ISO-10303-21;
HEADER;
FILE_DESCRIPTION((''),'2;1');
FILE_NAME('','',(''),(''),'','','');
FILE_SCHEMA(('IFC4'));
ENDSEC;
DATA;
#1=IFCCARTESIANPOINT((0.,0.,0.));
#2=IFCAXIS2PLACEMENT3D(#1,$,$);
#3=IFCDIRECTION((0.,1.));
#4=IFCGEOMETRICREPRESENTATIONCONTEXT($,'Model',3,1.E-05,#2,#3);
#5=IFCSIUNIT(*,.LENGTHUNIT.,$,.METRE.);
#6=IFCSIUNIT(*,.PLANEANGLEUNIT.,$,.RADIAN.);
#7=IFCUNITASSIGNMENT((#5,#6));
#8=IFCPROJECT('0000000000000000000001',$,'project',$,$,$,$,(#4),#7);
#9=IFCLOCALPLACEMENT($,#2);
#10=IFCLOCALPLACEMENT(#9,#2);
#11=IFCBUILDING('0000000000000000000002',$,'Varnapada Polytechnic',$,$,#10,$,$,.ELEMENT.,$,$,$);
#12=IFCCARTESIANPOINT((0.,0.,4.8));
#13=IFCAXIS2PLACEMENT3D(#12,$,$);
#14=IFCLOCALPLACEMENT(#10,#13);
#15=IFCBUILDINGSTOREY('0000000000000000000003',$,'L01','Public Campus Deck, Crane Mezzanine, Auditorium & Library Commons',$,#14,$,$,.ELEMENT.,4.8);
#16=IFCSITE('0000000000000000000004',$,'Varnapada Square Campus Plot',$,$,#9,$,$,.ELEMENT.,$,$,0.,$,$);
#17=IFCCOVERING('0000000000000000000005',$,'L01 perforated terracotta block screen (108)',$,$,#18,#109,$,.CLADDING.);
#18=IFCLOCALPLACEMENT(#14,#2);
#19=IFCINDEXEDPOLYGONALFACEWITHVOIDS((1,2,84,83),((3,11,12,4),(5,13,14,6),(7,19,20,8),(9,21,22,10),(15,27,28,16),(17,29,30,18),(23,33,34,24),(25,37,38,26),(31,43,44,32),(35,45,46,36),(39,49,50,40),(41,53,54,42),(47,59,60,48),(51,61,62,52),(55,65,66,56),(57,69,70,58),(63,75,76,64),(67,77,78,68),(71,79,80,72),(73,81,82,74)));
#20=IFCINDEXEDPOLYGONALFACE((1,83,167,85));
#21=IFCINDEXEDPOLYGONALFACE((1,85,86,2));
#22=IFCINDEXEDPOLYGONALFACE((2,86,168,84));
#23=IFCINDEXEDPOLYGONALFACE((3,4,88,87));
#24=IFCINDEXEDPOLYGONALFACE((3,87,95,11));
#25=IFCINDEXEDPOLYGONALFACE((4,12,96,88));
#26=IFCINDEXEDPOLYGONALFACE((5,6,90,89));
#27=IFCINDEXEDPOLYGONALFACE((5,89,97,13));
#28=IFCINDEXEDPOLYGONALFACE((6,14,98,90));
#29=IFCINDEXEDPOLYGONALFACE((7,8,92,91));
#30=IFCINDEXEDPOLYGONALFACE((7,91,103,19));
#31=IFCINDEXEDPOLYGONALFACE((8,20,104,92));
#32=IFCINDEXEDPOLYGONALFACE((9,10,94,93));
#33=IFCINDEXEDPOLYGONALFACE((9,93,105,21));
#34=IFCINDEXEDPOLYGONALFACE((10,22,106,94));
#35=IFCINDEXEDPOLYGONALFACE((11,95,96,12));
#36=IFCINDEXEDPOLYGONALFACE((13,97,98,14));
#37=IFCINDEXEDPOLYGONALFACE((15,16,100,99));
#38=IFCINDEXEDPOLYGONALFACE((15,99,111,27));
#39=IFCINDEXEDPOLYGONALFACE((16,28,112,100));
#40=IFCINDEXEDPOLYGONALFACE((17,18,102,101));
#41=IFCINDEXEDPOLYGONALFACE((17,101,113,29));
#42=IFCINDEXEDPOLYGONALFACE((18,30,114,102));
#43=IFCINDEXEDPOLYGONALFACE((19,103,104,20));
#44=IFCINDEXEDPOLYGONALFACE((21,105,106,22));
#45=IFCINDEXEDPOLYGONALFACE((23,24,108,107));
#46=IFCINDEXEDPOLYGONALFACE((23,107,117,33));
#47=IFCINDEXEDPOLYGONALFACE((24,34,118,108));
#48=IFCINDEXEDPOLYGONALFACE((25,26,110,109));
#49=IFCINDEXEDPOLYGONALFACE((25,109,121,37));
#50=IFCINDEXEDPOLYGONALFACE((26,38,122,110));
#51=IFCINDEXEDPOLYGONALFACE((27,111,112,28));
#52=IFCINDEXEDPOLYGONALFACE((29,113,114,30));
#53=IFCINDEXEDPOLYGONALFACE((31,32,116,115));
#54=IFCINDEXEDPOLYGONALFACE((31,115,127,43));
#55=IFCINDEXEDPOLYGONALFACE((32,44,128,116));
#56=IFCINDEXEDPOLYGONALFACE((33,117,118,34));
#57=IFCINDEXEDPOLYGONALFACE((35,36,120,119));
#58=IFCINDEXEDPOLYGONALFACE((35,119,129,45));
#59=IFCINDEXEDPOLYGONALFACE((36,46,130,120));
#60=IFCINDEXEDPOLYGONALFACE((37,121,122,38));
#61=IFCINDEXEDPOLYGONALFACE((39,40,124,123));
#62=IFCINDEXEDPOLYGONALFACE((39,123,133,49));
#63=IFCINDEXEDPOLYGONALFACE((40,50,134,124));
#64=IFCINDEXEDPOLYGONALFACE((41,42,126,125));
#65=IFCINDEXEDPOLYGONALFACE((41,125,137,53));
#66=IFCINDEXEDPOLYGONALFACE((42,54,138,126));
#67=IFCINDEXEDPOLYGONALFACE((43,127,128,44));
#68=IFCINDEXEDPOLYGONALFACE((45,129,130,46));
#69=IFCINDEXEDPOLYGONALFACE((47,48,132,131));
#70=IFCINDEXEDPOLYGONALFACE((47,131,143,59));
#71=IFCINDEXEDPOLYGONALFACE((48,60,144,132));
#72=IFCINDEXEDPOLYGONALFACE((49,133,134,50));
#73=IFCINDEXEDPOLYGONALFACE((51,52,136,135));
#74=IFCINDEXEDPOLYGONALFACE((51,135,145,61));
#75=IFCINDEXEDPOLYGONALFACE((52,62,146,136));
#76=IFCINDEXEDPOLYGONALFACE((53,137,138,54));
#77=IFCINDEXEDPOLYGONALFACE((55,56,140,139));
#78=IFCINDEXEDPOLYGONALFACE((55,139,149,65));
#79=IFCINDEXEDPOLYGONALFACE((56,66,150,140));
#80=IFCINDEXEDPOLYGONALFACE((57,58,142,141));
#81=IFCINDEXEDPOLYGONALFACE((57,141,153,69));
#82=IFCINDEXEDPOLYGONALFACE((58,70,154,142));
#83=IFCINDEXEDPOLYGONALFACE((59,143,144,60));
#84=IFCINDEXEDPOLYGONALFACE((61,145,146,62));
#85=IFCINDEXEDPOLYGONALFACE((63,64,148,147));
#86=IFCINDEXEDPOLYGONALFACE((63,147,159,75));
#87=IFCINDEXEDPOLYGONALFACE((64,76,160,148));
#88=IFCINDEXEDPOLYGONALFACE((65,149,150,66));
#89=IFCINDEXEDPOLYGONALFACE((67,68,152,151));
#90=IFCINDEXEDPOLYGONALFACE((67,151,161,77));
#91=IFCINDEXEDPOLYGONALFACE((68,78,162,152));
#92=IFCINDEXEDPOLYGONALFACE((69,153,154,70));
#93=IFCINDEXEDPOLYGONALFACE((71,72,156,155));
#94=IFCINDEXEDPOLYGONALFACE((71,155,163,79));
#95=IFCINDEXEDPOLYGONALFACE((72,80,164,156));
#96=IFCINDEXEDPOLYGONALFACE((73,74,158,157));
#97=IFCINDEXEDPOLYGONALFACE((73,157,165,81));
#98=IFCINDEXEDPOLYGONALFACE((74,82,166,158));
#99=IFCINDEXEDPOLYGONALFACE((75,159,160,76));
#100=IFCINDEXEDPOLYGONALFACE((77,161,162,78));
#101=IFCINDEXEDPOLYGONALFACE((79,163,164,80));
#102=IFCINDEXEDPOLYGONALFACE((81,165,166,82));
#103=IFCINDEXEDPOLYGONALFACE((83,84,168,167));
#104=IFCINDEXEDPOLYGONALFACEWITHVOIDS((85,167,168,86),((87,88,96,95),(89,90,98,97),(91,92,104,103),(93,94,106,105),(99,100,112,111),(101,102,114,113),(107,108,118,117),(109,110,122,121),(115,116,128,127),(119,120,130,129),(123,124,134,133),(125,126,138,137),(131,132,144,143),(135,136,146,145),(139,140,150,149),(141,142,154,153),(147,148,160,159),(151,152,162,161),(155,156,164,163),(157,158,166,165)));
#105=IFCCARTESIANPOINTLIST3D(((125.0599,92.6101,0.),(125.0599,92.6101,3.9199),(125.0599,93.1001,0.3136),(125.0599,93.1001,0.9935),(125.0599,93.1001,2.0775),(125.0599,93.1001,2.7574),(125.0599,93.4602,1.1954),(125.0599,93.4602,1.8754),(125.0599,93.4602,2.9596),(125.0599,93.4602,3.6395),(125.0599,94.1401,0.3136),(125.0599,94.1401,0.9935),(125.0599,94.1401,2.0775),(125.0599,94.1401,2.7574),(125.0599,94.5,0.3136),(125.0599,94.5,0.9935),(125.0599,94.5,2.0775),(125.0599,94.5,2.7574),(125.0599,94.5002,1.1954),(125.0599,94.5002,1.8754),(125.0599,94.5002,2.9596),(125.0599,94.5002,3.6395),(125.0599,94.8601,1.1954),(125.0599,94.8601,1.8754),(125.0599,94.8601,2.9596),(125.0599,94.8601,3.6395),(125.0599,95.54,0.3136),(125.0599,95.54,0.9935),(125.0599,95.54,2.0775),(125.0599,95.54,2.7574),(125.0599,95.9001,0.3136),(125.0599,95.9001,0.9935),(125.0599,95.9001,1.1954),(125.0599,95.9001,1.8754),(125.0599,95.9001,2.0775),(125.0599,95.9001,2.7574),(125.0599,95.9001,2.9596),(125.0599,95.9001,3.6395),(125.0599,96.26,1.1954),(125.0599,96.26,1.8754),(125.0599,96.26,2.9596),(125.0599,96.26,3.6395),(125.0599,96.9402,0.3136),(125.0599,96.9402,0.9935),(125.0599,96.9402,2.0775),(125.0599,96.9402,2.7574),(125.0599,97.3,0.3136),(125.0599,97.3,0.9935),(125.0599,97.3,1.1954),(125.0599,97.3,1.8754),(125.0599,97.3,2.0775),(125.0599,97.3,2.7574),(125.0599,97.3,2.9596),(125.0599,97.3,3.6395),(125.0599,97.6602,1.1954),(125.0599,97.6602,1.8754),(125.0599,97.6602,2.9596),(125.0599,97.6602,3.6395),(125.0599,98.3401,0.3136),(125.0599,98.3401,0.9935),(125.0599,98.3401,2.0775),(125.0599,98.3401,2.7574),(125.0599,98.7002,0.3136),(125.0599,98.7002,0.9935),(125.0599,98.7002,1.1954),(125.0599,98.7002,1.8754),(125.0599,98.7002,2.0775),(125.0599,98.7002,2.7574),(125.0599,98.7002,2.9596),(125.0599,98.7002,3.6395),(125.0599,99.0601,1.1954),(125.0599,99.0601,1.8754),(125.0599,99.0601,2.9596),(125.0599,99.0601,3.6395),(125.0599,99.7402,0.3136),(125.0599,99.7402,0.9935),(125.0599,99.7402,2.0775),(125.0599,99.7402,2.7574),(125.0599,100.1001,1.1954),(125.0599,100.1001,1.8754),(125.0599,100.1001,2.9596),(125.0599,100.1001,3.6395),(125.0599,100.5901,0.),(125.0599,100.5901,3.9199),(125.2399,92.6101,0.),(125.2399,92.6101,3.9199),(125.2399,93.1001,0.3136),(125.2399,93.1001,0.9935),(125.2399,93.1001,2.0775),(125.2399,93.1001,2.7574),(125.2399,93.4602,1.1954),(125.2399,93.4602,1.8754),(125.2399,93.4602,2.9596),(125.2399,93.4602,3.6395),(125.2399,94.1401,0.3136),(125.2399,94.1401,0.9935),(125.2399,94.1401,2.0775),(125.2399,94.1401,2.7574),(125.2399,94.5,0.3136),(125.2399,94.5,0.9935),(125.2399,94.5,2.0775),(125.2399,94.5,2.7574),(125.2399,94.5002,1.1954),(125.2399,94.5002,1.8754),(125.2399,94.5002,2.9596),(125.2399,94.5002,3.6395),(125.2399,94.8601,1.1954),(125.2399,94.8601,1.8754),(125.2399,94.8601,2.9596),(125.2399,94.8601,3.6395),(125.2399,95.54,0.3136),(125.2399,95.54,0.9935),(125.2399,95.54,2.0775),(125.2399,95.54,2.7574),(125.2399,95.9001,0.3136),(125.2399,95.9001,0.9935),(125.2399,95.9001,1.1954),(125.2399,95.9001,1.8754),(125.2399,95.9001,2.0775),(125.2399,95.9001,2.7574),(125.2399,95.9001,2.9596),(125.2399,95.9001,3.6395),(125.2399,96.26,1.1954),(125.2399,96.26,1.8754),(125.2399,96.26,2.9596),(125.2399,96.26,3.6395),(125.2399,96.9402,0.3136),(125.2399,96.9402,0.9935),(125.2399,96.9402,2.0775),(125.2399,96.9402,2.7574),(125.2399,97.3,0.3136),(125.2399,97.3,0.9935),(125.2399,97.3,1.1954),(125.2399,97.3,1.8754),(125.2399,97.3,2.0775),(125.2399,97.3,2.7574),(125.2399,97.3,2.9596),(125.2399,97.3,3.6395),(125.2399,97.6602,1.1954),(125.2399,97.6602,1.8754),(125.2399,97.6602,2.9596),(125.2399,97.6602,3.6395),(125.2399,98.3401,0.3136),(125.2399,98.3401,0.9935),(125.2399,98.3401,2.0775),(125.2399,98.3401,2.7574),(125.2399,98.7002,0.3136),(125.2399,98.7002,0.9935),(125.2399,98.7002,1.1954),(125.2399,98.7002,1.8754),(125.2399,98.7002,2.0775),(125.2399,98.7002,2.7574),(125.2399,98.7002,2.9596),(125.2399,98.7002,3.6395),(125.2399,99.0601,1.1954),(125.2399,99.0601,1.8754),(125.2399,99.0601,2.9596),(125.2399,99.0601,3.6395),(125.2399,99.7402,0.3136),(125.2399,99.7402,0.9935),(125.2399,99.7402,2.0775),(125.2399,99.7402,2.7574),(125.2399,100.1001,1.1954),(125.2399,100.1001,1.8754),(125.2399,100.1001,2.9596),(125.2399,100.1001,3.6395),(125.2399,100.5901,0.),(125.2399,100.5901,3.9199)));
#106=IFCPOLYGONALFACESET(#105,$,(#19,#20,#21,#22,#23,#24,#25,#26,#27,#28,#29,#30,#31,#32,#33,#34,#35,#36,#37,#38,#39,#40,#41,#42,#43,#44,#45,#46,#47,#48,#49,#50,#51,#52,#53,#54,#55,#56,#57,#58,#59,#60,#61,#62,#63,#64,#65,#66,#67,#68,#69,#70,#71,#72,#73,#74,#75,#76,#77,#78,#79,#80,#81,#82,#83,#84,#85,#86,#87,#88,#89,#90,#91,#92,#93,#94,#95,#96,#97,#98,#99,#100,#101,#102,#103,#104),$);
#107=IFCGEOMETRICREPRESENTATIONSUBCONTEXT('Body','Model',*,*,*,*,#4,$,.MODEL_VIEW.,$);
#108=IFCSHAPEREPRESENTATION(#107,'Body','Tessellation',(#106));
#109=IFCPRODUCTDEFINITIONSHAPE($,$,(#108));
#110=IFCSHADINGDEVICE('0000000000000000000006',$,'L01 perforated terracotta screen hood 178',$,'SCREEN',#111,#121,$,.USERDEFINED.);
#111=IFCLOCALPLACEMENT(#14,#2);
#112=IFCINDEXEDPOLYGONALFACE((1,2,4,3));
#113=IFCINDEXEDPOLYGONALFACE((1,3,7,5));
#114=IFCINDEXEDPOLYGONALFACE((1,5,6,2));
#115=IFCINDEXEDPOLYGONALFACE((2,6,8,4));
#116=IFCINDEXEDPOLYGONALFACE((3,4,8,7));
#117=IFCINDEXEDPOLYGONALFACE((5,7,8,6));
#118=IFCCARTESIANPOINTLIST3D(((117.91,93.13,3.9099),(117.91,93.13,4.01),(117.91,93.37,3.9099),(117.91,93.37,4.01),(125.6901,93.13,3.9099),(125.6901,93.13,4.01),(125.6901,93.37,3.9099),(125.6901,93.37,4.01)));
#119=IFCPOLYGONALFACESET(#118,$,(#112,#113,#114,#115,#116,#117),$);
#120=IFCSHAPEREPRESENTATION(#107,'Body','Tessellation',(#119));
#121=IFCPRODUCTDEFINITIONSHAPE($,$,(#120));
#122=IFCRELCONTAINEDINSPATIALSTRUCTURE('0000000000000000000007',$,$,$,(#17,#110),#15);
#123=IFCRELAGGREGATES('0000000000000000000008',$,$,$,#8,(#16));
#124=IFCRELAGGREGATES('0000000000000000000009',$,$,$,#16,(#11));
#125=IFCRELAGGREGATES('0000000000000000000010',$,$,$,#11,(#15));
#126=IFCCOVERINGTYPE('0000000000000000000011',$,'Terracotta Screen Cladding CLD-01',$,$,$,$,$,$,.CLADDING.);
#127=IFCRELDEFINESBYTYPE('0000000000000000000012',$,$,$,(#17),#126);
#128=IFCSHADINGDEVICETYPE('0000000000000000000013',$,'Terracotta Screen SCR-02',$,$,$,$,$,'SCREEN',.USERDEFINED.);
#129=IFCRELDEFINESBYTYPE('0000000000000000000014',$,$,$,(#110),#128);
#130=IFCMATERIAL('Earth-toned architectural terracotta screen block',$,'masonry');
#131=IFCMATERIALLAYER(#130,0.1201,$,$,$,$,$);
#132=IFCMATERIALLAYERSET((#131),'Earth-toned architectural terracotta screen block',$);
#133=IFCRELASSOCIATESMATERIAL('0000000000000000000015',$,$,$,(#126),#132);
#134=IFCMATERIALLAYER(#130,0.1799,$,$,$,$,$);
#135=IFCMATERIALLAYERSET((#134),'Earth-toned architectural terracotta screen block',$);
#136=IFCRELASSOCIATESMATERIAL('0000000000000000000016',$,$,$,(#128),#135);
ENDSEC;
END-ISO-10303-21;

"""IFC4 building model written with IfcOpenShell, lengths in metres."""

from ifc_helpers import new_model, si_unit, direction, frame, frame_2d, origin, origin_2d, place, context, subcontext, project, spatial, rectangle, extrude, material, layer, layer_set, type_object, element, save


model = new_model("IFC4")

# Units and contexts
model_context = context("Model", 3, precision=1e-05, world=origin(), true_north=direction((0.0, 1.0)))
body_context = subcontext(model_context, "Body", "Model", "MODEL_VIEW")
ifc_project = project(units=[si_unit("LENGTHUNIT", "METRE"), si_unit("PLANEANGLEUNIT", "RADIAN")], contexts=[model_context])

# Site, building, storey
site_placement = place(None, origin())
site = spatial("IfcSite", under=ifc_project, at=site_placement, Name="Varnapada Square Campus Plot", CompositionType="ELEMENT", RefElevation=0.0)
building_placement = place(site_placement, origin())
building = spatial("IfcBuilding", under=site, at=building_placement, Name="Varnapada Polytechnic", CompositionType="ELEMENT")
storey_placement = place(building_placement, frame((0.0, 0.0, 4.8)))
storey = spatial("IfcBuildingStorey", under=building, at=storey_placement, Name="L01", Description="Public Campus Deck, Crane Mezzanine, Auditorium & Library Commons", CompositionType="ELEMENT", Elevation=4.8)

# Covering, openings
ifc_material_1 = material(Name="Earth-toned architectural terracotta screen block", Category="masonry")
ifc_layer_1 = layer(ifc_material_1, 0.1201)
ifc_layer_set_1 = layer_set([ifc_layer_1], Name="Earth-toned architectural terracotta screen block")
covering_type = type_object("IfcCoveringType", Name="Terracotta Screen Cladding CLD-01", PredefinedType="CLADDING", material=ifc_layer_set_1)
covering_placement = place(storey_placement, frame((125.1499, 92.6101, 0.0), z_axis=(0.0, 0.0, 1.0), x_axis=(0.0, 1.0, 0.0)))
covering = element("IfcCovering", 1, at=covering_placement, inside=storey, type_object=covering_type, Name="L01 perforated terracotta block screen (108)", PredefinedType="CLADDING", context=body_context, shape_type="SweptSolid", body=[
    extrude(rectangle(XDim=7.98, YDim=0.1799, at=frame_2d((3.99, 0.0))), origin(), (0.0, 0.0, 1.0), 3.9199),
])
opening_1_placement = place(covering_placement, frame((0.49, 0.0, 0.3137)))
element("IfcOpeningElement", 2, at=opening_1_placement, cuts=covering, PredefinedType="OPENING", context=body_context, shape_type="SweptSolid", body=[
    extrude(rectangle(XDim=1.04, YDim=0.6799, at=frame_2d((0.52, 0.3398))), frame((0.0, 0.0999, 0.0), z_axis=(0.0, -1.0, 0.0), x_axis=(1.0, 0.0, 0.0)), (0.0, 0.0, 1.0), 0.2),
])
opening_2_placement = place(covering_placement, frame((1.8899, 0.0, 0.3137)))
element("IfcOpeningElement", 3, at=opening_2_placement, cuts=covering, PredefinedType="OPENING", context=body_context, shape_type="SweptSolid", body=[
    extrude(rectangle(XDim=1.04, YDim=0.6799, at=frame_2d((0.52, 0.3398))), frame((0.0, 0.0999, 0.0), z_axis=(0.0, -1.0, 0.0), x_axis=(1.0, 0.0, 0.0)), (0.0, 0.0, 1.0), 0.2),
])
opening_3_placement = place(covering_placement, frame((3.29, 0.0, 0.3137)))
element("IfcOpeningElement", 4, at=opening_3_placement, cuts=covering, PredefinedType="OPENING", context=body_context, shape_type="SweptSolid", body=[
    extrude(rectangle(XDim=1.04, YDim=0.6799, at=frame_2d((0.52, 0.3398))), frame((0.0, 0.0999, 0.0), z_axis=(0.0, -1.0, 0.0), x_axis=(1.0, 0.0, 0.0)), (0.0, 0.0, 1.0), 0.2),
])
opening_4_placement = place(covering_placement, frame((4.6899, 0.0, 0.3137)))
element("IfcOpeningElement", 5, at=opening_4_placement, cuts=covering, PredefinedType="OPENING", context=body_context, shape_type="SweptSolid", body=[
    extrude(rectangle(XDim=1.04, YDim=0.6799, at=frame_2d((0.52, 0.3398))), frame((0.0, 0.0999, 0.0), z_axis=(0.0, -1.0, 0.0), x_axis=(1.0, 0.0, 0.0)), (0.0, 0.0, 1.0), 0.2),
])
opening_5_placement = place(covering_placement, frame((6.0901, 0.0, 0.3137)))
element("IfcOpeningElement", 6, at=opening_5_placement, cuts=covering, PredefinedType="OPENING", context=body_context, shape_type="SweptSolid", body=[
    extrude(rectangle(XDim=1.04, YDim=0.6799, at=frame_2d((0.52, 0.3398))), frame((0.0, 0.0999, 0.0), z_axis=(0.0, -1.0, 0.0), x_axis=(1.0, 0.0, 0.0)), (0.0, 0.0, 1.0), 0.2),
])
opening_6_placement = place(covering_placement, frame((0.8501, 0.0, 1.1956)))
element("IfcOpeningElement", 7, at=opening_6_placement, cuts=covering, PredefinedType="OPENING", context=body_context, shape_type="SweptSolid", body=[
    extrude(rectangle(XDim=1.04, YDim=0.6799, at=frame_2d((0.52, 0.3398))), frame((0.0, 0.0999, 0.0), z_axis=(0.0, -1.0, 0.0), x_axis=(1.0, 0.0, 0.0)), (0.0, 0.0, 1.0), 0.2),
])
opening_7_placement = place(covering_placement, frame((2.25, 0.0, 1.1956)))
element("IfcOpeningElement", 8, at=opening_7_placement, cuts=covering, PredefinedType="OPENING", context=body_context, shape_type="SweptSolid", body=[
    extrude(rectangle(XDim=1.04, YDim=0.6799, at=frame_2d((0.52, 0.3398))), frame((0.0, 0.0999, 0.0), z_axis=(0.0, -1.0, 0.0), x_axis=(1.0, 0.0, 0.0)), (0.0, 0.0, 1.0), 0.2),
])
opening_8_placement = place(covering_placement, frame((3.6499, 0.0, 1.1956)))
element("IfcOpeningElement", 9, at=opening_8_placement, cuts=covering, PredefinedType="OPENING", context=body_context, shape_type="SweptSolid", body=[
    extrude(rectangle(XDim=1.04, YDim=0.6799, at=frame_2d((0.52, 0.3398))), frame((0.0, 0.0999, 0.0), z_axis=(0.0, -1.0, 0.0), x_axis=(1.0, 0.0, 0.0)), (0.0, 0.0, 1.0), 0.2),
])
opening_9_placement = place(covering_placement, frame((5.05, 0.0, 1.1956)))
element("IfcOpeningElement", 10, at=opening_9_placement, cuts=covering, PredefinedType="OPENING", context=body_context, shape_type="SweptSolid", body=[
    extrude(rectangle(XDim=1.04, YDim=0.6799, at=frame_2d((0.52, 0.3398))), frame((0.0, 0.0999, 0.0), z_axis=(0.0, -1.0, 0.0), x_axis=(1.0, 0.0, 0.0)), (0.0, 0.0, 1.0), 0.2),
])
opening_10_placement = place(covering_placement, frame((6.45, 0.0, 1.1956)))
element("IfcOpeningElement", 11, at=opening_10_placement, cuts=covering, PredefinedType="OPENING", context=body_context, shape_type="SweptSolid", body=[
    extrude(rectangle(XDim=1.04, YDim=0.6799, at=frame_2d((0.52, 0.3398))), frame((0.0, 0.0999, 0.0), z_axis=(0.0, -1.0, 0.0), x_axis=(1.0, 0.0, 0.0)), (0.0, 0.0, 1.0), 0.2),
])
opening_11_placement = place(covering_placement, frame((0.49, 0.0, 2.0776)))
element("IfcOpeningElement", 12, at=opening_11_placement, cuts=covering, PredefinedType="OPENING", context=body_context, shape_type="SweptSolid", body=[
    extrude(rectangle(XDim=1.04, YDim=0.6799, at=frame_2d((0.52, 0.3398))), frame((0.0, 0.0999, 0.0), z_axis=(0.0, -1.0, 0.0), x_axis=(1.0, 0.0, 0.0)), (0.0, 0.0, 1.0), 0.2),
])
opening_12_placement = place(covering_placement, frame((1.8899, 0.0, 2.0776)))
element("IfcOpeningElement", 13, at=opening_12_placement, cuts=covering, PredefinedType="OPENING", context=body_context, shape_type="SweptSolid", body=[
    extrude(rectangle(XDim=1.04, YDim=0.6799, at=frame_2d((0.52, 0.3398))), frame((0.0, 0.0999, 0.0), z_axis=(0.0, -1.0, 0.0), x_axis=(1.0, 0.0, 0.0)), (0.0, 0.0, 1.0), 0.2),
])
opening_13_placement = place(covering_placement, frame((3.29, 0.0, 2.0776)))
element("IfcOpeningElement", 14, at=opening_13_placement, cuts=covering, PredefinedType="OPENING", context=body_context, shape_type="SweptSolid", body=[
    extrude(rectangle(XDim=1.04, YDim=0.6799, at=frame_2d((0.52, 0.3398))), frame((0.0, 0.0999, 0.0), z_axis=(0.0, -1.0, 0.0), x_axis=(1.0, 0.0, 0.0)), (0.0, 0.0, 1.0), 0.2),
])
opening_14_placement = place(covering_placement, frame((4.6899, 0.0, 2.0776)))
element("IfcOpeningElement", 15, at=opening_14_placement, cuts=covering, PredefinedType="OPENING", context=body_context, shape_type="SweptSolid", body=[
    extrude(rectangle(XDim=1.04, YDim=0.6799, at=frame_2d((0.52, 0.3398))), frame((0.0, 0.0999, 0.0), z_axis=(0.0, -1.0, 0.0), x_axis=(1.0, 0.0, 0.0)), (0.0, 0.0, 1.0), 0.2),
])
opening_15_placement = place(covering_placement, frame((6.0901, 0.0, 2.0776)))
element("IfcOpeningElement", 16, at=opening_15_placement, cuts=covering, PredefinedType="OPENING", context=body_context, shape_type="SweptSolid", body=[
    extrude(rectangle(XDim=1.04, YDim=0.6799, at=frame_2d((0.52, 0.3398))), frame((0.0, 0.0999, 0.0), z_axis=(0.0, -1.0, 0.0), x_axis=(1.0, 0.0, 0.0)), (0.0, 0.0, 1.0), 0.2),
])
opening_16_placement = place(covering_placement, frame((0.8501, 0.0, 2.9597)))
element("IfcOpeningElement", 17, at=opening_16_placement, cuts=covering, PredefinedType="OPENING", context=body_context, shape_type="SweptSolid", body=[
    extrude(rectangle(XDim=1.04, YDim=0.6799, at=frame_2d((0.52, 0.3398))), frame((0.0, 0.0999, 0.0), z_axis=(0.0, -1.0, 0.0), x_axis=(1.0, 0.0, 0.0)), (0.0, 0.0, 1.0), 0.2),
])
opening_17_placement = place(covering_placement, frame((2.25, 0.0, 2.9597)))
element("IfcOpeningElement", 18, at=opening_17_placement, cuts=covering, PredefinedType="OPENING", context=body_context, shape_type="SweptSolid", body=[
    extrude(rectangle(XDim=1.04, YDim=0.6799, at=frame_2d((0.52, 0.3398))), frame((0.0, 0.0999, 0.0), z_axis=(0.0, -1.0, 0.0), x_axis=(1.0, 0.0, 0.0)), (0.0, 0.0, 1.0), 0.2),
])
opening_18_placement = place(covering_placement, frame((3.6499, 0.0, 2.9597)))
element("IfcOpeningElement", 19, at=opening_18_placement, cuts=covering, PredefinedType="OPENING", context=body_context, shape_type="SweptSolid", body=[
    extrude(rectangle(XDim=1.04, YDim=0.6799, at=frame_2d((0.52, 0.3398))), frame((0.0, 0.0999, 0.0), z_axis=(0.0, -1.0, 0.0), x_axis=(1.0, 0.0, 0.0)), (0.0, 0.0, 1.0), 0.2),
])
opening_19_placement = place(covering_placement, frame((5.05, 0.0, 2.9597)))
element("IfcOpeningElement", 20, at=opening_19_placement, cuts=covering, PredefinedType="OPENING", context=body_context, shape_type="SweptSolid", body=[
    extrude(rectangle(XDim=1.04, YDim=0.6799, at=frame_2d((0.52, 0.3398))), frame((0.0, 0.0999, 0.0), z_axis=(0.0, -1.0, 0.0), x_axis=(1.0, 0.0, 0.0)), (0.0, 0.0, 1.0), 0.2),
])
opening_20_placement = place(covering_placement, frame((6.45, 0.0, 2.9597)))
element("IfcOpeningElement", 21, at=opening_20_placement, cuts=covering, PredefinedType="OPENING", context=body_context, shape_type="SweptSolid", body=[
    extrude(rectangle(XDim=1.04, YDim=0.6799, at=frame_2d((0.52, 0.3398))), frame((0.0, 0.0999, 0.0), z_axis=(0.0, -1.0, 0.0), x_axis=(1.0, 0.0, 0.0)), (0.0, 0.0, 1.0), 0.2),
])

# Shading device
ifc_layer_2 = layer(ifc_material_1, 0.1799)
ifc_layer_set_2 = layer_set([ifc_layer_2], Name="Earth-toned architectural terracotta screen block")
shading_device_type = type_object("IfcShadingDeviceType", Name="Terracotta Screen SCR-02", ElementType="SCREEN", PredefinedType="USERDEFINED", material=ifc_layer_set_2)
shading_device_placement = place(storey_placement, frame((121.8, 93.25, 3.9099), z_axis=(0.0, 0.0, 1.0), x_axis=(1.0, 0.0, 0.0)))
element("IfcShadingDevice", 22, at=shading_device_placement, inside=storey, type_object=shading_device_type, Name="L01 perforated terracotta screen hood 178", ObjectType="SCREEN", PredefinedType="USERDEFINED", context=body_context, shape_type="SweptSolid", body=[
    extrude(rectangle(XDim=7.78, YDim=0.24, at=origin_2d()), origin(), (0.0, 0.0, 1.0), 0.1001),
])

save(model, "model.ifc")
